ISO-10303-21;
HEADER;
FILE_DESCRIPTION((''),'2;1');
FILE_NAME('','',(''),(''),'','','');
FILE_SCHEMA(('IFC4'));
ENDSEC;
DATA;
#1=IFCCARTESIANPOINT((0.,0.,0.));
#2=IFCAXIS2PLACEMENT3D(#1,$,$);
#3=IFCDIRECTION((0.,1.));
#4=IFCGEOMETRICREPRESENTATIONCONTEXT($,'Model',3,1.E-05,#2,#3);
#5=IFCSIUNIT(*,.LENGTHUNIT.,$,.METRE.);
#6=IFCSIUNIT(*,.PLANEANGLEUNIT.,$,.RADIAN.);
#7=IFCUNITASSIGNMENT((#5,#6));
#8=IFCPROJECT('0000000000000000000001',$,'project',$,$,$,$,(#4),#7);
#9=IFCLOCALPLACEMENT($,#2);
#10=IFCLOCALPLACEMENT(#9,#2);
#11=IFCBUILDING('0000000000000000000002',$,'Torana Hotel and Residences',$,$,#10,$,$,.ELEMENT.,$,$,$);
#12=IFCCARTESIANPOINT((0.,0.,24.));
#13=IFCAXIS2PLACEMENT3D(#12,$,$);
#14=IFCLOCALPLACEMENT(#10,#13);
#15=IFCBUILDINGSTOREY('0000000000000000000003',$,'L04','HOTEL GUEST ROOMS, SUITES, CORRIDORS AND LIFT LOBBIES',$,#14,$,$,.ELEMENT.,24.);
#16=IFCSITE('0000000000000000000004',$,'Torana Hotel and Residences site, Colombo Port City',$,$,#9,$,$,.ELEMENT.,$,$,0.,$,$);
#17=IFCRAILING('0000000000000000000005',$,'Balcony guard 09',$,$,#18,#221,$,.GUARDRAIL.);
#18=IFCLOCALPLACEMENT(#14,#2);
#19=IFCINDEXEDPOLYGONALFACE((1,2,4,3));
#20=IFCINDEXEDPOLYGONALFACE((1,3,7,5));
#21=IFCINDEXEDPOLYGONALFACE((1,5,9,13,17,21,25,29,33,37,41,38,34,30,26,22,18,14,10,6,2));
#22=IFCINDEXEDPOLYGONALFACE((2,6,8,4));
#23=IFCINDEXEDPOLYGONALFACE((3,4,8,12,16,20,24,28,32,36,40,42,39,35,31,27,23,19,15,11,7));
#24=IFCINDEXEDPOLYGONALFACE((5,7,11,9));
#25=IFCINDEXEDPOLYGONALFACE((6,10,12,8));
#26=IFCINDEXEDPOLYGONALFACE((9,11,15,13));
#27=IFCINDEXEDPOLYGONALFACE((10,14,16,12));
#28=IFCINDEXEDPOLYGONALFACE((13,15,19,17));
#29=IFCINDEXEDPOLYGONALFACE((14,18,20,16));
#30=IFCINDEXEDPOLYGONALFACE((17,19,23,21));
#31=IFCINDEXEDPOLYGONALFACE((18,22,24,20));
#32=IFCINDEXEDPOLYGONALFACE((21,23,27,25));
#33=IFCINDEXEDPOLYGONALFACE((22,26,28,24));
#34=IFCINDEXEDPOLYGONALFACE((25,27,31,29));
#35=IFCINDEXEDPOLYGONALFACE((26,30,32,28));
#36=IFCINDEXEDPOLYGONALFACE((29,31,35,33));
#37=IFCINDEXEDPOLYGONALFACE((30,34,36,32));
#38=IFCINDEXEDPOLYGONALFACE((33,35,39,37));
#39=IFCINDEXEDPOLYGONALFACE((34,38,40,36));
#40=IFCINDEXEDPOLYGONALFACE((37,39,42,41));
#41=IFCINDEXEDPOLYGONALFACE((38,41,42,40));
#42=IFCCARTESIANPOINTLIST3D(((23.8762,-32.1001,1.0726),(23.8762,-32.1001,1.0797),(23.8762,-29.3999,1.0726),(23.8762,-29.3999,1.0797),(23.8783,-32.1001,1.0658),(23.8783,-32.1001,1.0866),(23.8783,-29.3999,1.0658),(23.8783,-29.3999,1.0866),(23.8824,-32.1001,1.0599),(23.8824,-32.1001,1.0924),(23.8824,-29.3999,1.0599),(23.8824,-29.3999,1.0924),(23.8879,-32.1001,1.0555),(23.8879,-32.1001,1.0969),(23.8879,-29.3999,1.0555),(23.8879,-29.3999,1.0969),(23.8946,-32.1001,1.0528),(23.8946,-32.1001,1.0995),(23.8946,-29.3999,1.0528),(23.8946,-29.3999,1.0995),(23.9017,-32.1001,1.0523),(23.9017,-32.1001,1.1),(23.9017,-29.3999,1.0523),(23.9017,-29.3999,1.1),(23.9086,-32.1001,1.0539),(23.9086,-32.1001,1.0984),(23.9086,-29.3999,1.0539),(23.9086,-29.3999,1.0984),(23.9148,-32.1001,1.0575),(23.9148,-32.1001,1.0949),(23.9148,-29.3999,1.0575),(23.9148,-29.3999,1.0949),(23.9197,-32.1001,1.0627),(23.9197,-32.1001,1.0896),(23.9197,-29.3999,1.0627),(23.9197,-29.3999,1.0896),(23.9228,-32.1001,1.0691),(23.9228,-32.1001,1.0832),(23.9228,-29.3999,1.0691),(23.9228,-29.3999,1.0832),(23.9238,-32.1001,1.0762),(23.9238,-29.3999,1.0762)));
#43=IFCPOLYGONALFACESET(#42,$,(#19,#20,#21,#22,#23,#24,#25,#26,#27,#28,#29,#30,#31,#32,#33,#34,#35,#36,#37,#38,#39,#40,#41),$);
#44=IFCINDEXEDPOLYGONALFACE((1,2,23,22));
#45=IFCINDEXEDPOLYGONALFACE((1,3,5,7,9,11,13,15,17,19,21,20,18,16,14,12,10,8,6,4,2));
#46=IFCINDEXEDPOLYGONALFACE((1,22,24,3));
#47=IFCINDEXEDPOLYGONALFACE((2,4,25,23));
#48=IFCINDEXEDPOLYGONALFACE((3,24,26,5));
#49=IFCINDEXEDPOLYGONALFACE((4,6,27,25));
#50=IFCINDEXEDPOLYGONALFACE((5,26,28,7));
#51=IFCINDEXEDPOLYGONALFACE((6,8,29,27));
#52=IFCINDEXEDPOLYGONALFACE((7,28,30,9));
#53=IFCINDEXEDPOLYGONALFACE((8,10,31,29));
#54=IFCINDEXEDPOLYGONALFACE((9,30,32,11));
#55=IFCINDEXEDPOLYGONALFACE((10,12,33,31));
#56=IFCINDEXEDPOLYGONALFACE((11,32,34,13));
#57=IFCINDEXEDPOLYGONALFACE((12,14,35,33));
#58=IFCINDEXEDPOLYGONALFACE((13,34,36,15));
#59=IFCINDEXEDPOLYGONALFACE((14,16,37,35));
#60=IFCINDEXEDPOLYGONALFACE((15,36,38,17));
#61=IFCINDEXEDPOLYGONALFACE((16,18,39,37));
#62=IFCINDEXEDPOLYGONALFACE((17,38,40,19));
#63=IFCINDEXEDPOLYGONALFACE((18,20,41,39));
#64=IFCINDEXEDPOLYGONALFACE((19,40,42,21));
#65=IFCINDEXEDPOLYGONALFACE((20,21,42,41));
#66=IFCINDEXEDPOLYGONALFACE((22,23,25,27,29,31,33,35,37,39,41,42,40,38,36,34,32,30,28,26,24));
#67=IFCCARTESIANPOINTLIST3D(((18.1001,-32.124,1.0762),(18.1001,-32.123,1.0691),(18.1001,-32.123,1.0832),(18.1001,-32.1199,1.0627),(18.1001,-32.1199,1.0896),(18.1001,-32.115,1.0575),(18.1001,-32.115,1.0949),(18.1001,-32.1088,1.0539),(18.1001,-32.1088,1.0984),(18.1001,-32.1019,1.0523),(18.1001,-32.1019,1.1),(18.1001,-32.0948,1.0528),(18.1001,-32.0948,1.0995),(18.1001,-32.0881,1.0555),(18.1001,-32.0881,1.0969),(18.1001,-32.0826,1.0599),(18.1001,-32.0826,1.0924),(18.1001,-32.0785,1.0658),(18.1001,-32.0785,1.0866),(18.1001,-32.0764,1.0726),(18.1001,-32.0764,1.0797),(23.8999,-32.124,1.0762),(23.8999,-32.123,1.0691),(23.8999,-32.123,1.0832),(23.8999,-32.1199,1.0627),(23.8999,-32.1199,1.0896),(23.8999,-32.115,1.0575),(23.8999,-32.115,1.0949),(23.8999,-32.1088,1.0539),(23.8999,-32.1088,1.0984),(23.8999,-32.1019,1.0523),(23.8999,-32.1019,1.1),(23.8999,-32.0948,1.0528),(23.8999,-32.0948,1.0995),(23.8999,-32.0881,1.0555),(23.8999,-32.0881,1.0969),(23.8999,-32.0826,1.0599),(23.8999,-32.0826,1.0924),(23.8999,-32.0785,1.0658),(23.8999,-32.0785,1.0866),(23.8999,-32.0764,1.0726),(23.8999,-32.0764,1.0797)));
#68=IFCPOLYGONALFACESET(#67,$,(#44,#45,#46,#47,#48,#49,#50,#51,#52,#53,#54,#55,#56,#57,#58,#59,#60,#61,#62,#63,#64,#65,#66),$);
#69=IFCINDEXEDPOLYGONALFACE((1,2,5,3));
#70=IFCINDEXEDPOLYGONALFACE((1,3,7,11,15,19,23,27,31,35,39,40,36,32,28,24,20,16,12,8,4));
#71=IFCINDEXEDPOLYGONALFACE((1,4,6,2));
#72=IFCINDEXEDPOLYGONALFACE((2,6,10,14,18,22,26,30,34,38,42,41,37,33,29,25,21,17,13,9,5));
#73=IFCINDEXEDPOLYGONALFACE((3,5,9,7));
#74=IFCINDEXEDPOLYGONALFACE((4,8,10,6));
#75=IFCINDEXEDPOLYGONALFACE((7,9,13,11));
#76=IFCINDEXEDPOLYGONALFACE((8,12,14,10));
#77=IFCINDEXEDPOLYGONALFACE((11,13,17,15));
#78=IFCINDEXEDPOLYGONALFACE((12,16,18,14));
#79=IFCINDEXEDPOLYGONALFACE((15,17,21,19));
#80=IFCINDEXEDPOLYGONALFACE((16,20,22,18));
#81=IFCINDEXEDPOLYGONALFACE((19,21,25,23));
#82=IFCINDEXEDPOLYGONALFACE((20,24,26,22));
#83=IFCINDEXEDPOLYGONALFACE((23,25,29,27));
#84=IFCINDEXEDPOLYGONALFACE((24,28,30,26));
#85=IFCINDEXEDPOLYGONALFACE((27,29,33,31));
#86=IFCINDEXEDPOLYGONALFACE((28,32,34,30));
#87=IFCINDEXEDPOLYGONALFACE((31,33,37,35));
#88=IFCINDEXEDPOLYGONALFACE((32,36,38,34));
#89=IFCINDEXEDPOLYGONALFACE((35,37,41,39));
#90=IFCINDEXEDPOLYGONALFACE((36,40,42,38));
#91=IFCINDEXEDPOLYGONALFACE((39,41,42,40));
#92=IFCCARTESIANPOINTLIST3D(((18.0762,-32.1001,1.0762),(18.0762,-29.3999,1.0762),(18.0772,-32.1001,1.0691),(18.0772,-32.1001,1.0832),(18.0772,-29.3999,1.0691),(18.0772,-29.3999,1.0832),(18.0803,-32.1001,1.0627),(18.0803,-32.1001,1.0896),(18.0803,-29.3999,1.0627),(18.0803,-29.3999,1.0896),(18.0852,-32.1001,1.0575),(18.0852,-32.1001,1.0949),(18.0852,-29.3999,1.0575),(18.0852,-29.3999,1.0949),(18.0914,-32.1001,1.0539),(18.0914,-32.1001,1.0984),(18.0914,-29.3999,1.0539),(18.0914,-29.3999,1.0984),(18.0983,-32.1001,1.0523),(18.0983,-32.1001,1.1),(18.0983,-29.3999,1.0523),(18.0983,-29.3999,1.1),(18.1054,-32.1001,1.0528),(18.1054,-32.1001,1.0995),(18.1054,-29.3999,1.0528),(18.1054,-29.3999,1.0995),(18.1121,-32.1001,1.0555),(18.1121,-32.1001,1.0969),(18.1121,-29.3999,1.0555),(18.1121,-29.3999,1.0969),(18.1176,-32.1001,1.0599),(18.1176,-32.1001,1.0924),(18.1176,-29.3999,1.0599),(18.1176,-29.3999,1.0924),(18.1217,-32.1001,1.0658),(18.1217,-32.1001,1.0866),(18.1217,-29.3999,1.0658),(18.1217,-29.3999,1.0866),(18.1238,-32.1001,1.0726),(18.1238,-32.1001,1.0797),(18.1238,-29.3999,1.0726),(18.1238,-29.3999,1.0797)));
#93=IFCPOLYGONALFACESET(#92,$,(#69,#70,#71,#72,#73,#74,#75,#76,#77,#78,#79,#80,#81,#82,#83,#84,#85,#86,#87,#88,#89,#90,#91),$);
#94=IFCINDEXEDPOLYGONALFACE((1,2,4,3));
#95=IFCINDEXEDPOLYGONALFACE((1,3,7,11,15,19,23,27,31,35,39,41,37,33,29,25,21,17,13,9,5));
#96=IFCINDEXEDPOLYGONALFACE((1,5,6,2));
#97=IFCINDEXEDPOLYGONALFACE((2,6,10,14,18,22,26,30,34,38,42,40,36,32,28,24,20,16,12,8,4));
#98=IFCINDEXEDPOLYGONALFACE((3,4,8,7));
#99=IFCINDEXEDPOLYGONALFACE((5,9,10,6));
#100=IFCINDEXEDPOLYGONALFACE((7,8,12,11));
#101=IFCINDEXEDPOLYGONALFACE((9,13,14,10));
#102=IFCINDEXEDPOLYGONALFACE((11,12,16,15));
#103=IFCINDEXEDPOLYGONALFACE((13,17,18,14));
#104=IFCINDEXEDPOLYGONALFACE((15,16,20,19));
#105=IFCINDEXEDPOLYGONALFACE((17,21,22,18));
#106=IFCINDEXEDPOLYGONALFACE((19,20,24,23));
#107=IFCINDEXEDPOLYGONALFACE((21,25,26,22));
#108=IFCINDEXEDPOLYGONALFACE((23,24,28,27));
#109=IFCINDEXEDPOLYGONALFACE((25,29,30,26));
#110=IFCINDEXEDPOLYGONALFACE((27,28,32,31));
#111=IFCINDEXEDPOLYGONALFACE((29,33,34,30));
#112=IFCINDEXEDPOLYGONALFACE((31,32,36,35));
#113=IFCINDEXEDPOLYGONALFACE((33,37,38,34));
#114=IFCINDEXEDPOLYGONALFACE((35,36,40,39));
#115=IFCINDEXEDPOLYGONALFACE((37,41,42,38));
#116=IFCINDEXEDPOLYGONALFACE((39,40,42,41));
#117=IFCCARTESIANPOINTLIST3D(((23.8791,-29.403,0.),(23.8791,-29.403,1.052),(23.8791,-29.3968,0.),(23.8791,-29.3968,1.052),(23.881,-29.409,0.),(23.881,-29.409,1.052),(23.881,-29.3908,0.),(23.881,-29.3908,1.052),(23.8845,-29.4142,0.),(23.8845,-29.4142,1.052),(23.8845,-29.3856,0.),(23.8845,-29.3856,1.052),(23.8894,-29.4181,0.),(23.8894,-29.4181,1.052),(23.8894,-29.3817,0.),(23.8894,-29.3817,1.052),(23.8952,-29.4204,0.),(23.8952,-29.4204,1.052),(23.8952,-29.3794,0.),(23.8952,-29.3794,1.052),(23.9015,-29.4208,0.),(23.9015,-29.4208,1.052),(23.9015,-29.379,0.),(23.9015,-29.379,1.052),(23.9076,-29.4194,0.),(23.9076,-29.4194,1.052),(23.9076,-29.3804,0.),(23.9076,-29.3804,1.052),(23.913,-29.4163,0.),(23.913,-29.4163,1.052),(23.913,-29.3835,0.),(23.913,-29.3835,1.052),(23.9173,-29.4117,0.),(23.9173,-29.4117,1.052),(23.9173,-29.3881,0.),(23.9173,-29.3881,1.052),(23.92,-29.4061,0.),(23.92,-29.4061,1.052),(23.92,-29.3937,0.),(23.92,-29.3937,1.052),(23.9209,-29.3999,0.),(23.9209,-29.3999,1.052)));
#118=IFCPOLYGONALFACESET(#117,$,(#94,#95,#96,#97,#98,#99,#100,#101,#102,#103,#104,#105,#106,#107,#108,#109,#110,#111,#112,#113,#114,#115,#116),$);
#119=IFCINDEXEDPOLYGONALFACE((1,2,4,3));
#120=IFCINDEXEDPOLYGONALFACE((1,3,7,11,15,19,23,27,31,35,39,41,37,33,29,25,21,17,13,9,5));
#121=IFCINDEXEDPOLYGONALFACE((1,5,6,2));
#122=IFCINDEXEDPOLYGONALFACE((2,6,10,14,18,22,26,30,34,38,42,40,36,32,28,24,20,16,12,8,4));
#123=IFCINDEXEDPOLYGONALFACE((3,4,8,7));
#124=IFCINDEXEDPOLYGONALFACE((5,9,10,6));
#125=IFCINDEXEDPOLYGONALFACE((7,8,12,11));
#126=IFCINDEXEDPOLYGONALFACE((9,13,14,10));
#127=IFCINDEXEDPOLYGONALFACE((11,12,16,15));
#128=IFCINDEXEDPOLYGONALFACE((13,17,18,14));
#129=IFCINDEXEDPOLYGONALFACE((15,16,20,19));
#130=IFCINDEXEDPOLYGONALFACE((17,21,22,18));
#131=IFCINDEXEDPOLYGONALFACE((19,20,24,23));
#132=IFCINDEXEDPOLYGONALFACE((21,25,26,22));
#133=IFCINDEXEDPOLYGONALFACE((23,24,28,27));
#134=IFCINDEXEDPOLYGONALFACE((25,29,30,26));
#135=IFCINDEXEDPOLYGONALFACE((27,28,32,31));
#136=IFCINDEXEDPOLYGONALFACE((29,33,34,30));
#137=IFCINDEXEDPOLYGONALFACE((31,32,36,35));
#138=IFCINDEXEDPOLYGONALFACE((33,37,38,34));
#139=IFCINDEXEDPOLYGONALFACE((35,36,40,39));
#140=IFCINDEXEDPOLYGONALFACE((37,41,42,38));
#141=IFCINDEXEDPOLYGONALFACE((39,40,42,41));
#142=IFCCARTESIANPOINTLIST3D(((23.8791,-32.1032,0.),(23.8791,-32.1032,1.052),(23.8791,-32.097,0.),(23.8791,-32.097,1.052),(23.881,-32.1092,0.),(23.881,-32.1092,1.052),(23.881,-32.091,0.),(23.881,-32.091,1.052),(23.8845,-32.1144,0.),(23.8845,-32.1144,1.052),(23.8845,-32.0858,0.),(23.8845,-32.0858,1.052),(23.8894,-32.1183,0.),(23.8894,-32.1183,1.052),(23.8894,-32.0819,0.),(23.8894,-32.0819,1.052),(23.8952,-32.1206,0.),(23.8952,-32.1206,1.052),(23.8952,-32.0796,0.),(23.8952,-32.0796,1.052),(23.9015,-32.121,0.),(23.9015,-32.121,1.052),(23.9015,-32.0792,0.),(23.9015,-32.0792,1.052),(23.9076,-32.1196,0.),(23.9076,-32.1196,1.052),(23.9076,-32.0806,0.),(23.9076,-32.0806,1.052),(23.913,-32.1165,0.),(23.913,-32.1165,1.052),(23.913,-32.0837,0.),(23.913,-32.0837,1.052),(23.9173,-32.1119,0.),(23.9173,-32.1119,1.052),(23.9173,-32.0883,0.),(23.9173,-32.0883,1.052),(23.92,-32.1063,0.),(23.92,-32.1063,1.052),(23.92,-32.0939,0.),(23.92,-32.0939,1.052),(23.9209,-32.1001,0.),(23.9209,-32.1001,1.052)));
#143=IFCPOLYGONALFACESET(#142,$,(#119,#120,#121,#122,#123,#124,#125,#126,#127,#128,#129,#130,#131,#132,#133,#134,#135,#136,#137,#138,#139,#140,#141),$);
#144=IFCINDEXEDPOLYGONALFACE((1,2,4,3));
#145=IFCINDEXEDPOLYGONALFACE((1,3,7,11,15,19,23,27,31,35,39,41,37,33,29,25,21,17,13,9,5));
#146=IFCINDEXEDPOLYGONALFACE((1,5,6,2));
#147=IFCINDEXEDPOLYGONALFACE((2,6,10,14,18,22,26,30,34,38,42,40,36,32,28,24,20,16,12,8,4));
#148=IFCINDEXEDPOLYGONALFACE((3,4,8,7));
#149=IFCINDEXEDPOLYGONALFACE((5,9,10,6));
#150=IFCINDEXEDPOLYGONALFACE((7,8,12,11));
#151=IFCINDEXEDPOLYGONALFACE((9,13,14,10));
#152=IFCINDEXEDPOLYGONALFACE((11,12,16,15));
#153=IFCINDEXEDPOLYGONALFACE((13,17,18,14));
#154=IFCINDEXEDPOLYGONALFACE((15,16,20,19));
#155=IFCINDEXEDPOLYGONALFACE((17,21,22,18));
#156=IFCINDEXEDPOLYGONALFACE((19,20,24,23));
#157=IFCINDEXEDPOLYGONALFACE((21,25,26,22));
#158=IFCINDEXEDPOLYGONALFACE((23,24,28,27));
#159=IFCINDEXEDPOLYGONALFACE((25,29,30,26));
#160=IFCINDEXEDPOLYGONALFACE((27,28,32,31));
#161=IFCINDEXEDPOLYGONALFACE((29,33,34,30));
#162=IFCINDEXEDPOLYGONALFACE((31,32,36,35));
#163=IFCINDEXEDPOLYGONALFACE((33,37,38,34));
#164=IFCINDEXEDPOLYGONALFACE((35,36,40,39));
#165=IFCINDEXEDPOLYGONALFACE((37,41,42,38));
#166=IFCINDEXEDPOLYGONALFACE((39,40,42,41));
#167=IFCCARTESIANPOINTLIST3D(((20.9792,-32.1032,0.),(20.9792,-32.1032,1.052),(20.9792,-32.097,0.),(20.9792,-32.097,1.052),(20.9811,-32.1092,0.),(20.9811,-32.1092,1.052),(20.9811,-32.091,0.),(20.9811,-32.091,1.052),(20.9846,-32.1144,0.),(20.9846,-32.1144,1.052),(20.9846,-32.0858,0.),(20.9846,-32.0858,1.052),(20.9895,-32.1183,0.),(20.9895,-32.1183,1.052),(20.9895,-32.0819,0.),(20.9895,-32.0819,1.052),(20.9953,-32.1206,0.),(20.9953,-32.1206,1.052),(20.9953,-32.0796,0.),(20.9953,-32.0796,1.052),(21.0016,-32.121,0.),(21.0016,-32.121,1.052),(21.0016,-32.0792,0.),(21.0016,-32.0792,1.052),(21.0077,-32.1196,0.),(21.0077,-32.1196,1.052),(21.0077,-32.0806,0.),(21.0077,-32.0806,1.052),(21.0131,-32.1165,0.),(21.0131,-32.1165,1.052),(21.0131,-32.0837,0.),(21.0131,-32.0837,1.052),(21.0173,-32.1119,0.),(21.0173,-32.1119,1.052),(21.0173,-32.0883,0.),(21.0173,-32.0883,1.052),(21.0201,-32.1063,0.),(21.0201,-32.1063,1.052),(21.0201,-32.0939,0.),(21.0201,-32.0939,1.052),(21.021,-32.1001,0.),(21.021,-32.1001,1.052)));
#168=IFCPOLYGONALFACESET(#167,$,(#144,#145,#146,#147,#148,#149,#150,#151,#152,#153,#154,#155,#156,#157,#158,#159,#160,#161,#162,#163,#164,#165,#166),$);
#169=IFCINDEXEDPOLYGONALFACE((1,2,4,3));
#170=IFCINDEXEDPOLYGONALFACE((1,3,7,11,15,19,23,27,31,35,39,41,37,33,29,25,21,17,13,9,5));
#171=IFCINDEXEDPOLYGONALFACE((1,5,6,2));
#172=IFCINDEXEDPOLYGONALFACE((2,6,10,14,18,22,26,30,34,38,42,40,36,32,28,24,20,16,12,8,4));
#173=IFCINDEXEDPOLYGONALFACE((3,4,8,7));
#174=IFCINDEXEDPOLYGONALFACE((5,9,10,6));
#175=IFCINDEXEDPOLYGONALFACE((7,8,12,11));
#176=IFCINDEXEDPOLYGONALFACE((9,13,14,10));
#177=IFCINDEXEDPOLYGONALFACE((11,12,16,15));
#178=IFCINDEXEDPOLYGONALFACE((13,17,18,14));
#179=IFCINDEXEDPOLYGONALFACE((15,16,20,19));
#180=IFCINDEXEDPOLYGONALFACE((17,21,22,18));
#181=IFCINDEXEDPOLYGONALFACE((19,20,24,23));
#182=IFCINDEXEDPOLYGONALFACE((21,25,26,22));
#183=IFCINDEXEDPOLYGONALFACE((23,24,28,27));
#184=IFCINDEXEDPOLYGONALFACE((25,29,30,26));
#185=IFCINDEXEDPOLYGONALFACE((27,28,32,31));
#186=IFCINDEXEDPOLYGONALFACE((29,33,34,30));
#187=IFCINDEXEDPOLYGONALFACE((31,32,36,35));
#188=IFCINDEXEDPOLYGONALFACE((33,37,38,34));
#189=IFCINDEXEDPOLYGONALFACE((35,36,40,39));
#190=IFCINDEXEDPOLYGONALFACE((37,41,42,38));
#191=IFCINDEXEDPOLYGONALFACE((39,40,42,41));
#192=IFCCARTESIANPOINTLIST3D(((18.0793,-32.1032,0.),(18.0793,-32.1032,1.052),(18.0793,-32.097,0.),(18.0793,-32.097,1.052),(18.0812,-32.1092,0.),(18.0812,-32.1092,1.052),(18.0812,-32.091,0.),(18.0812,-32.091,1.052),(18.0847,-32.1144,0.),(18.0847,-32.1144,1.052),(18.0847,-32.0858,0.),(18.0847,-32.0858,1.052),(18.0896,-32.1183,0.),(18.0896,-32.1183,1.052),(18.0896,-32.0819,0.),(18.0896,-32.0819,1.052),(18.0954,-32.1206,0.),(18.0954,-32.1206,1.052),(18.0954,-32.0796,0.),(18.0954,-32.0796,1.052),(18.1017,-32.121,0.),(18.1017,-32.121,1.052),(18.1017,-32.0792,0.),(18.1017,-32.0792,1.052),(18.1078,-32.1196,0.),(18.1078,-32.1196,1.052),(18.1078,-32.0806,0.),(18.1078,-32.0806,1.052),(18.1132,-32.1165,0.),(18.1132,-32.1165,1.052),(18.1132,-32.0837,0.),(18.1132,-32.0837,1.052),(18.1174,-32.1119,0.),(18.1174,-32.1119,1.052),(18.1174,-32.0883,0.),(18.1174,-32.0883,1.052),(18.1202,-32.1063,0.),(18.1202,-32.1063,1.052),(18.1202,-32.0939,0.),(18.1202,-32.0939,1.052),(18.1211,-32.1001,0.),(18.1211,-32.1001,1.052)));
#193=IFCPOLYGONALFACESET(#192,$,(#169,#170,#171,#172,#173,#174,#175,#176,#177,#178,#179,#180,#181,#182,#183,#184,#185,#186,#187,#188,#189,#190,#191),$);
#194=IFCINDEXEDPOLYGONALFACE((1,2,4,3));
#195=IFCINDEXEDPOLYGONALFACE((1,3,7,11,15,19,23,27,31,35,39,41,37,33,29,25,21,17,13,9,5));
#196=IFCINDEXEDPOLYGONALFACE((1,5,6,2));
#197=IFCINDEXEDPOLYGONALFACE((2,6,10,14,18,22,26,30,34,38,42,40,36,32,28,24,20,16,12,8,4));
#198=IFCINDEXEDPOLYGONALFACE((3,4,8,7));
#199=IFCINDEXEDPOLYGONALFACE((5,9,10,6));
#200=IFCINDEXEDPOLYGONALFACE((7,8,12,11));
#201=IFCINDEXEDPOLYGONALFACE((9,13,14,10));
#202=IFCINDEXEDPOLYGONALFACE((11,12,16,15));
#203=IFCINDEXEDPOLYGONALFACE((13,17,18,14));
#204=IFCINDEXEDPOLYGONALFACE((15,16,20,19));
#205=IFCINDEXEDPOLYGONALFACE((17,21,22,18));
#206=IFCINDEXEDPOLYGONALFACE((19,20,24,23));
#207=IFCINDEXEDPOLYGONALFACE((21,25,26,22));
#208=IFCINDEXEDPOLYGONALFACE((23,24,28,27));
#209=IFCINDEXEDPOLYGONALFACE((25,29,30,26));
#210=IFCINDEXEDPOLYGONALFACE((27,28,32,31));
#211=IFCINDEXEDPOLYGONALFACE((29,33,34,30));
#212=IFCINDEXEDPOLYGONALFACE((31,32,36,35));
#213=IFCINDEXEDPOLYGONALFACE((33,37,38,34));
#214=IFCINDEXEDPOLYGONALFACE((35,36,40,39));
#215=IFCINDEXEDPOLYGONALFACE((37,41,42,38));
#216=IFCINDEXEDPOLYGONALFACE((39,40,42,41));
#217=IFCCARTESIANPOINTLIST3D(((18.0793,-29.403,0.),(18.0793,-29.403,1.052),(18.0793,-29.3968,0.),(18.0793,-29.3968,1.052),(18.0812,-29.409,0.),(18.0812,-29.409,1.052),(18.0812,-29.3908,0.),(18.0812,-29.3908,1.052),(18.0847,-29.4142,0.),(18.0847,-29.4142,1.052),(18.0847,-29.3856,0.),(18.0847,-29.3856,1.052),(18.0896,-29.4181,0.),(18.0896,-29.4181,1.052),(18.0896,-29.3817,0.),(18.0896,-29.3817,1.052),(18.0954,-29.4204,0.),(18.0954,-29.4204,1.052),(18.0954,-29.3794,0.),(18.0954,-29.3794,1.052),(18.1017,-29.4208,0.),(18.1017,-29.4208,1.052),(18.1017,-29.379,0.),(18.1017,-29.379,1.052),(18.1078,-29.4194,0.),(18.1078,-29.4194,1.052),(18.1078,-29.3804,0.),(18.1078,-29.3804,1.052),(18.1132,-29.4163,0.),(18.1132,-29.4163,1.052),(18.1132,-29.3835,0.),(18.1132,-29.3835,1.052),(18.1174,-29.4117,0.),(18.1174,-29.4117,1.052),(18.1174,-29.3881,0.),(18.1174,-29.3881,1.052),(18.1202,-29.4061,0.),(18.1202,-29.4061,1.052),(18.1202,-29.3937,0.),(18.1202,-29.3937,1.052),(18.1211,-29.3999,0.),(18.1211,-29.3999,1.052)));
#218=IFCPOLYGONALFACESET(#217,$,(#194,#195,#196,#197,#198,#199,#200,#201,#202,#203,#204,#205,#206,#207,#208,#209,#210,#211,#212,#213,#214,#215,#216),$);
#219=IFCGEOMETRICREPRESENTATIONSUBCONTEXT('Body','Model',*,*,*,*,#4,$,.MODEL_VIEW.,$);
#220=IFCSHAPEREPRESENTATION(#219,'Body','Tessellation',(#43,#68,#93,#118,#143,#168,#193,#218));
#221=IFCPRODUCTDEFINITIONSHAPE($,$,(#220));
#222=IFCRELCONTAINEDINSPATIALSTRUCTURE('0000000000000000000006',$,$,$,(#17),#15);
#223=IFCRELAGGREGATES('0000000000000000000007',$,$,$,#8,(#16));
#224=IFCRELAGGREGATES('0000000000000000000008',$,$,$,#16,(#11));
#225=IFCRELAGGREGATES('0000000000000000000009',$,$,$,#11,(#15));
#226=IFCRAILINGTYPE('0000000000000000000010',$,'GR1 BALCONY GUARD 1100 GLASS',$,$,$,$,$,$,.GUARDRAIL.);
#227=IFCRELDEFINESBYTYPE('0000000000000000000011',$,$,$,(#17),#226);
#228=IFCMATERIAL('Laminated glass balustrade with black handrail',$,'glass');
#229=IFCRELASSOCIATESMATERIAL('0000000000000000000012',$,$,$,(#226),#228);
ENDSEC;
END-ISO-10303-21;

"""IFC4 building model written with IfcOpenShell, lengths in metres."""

from ifc_helpers import new_model, si_unit, direction, frame, origin, origin_2d, place, context, subcontext, project, spatial, circle, extrude, material, type_object, element, save


model = new_model("IFC4")

# Units and contexts
model_context = context("Model", 3, precision=1e-05, world=origin(), true_north=direction((0.0, 1.0)))
body_context = subcontext(model_context, "Body", "Model", "MODEL_VIEW")
ifc_project = project(units=[si_unit("LENGTHUNIT", "METRE"), si_unit("PLANEANGLEUNIT", "RADIAN")], contexts=[model_context])

# Site, building, storey
site_placement = place(None, origin())
site = spatial("IfcSite", under=ifc_project, at=site_placement, Name="Torana Hotel and Residences site, Colombo Port City", CompositionType="ELEMENT", RefElevation=0.0)
building_placement = place(site_placement, origin())
building = spatial("IfcBuilding", under=site, at=building_placement, Name="Torana Hotel and Residences", CompositionType="ELEMENT")
storey_placement = place(building_placement, frame((0.0, 0.0, 24.0)))
storey = spatial("IfcBuildingStorey", under=building, at=storey_placement, Name="L04", Description="HOTEL GUEST ROOMS, SUITES, CORRIDORS AND LIFT LOBBIES", CompositionType="ELEMENT", Elevation=24.0)

# Railing
ifc_material_1 = material(Name="Laminated glass balustrade with black handrail", Category="glass")
railing_type = type_object("IfcRailingType", Name="GR1 BALCONY GUARD 1100 GLASS", PredefinedType="GUARDRAIL", material=ifc_material_1)
railing_placement = place(storey_placement, frame((23.8999, -29.3999, 0.0)))
element("IfcRailing", 1, at=railing_placement, inside=storey, type_object=railing_type, Name="Balcony guard 09", PredefinedType="GUARDRAIL", context=body_context, shape_type="SweptSolid", body=[
    extrude(circle(Radius=0.0239, at=origin_2d()), frame((0.0, 0.0, 1.0762), z_axis=(0.0, -1.0, 0.0), x_axis=(1.0, 0.0, 0.0)), (0.0, 0.0, 1.0), 2.7002),
    extrude(circle(Radius=0.0239, at=origin_2d()), frame((0.0, -2.7002, 1.0762), z_axis=(-1.0, 0.0, 0.0), x_axis=(0.0, -1.0, 0.0)), (0.0, 0.0, 1.0), 5.7998),
    extrude(circle(Radius=0.0239, at=origin_2d()), frame((-5.7998, -2.7002, 1.0762), z_axis=(0.0, 1.0, 0.0), x_axis=(-1.0, 0.0, 0.0)), (0.0, 0.0, 1.0), 2.7002),
    extrude(circle(Radius=0.021, at=origin_2d()), origin(), (0.0, 0.0, 1.0), 1.052),
    extrude(circle(Radius=0.021, at=origin_2d()), frame((0.0, -2.7002, 0.0)), (0.0, 0.0, 1.0), 1.052),
    extrude(circle(Radius=0.021, at=origin_2d()), frame((-2.8999, -2.7002, 0.0)), (0.0, 0.0, 1.0), 1.052),
    extrude(circle(Radius=0.021, at=origin_2d()), frame((-5.7998, -2.7002, 0.0)), (0.0, 0.0, 1.0), 1.052),
    extrude(circle(Radius=0.021, at=origin_2d()), frame((-5.7998, 0.0, 0.0)), (0.0, 0.0, 1.0), 1.052),
])

save(model, "model.ifc")
